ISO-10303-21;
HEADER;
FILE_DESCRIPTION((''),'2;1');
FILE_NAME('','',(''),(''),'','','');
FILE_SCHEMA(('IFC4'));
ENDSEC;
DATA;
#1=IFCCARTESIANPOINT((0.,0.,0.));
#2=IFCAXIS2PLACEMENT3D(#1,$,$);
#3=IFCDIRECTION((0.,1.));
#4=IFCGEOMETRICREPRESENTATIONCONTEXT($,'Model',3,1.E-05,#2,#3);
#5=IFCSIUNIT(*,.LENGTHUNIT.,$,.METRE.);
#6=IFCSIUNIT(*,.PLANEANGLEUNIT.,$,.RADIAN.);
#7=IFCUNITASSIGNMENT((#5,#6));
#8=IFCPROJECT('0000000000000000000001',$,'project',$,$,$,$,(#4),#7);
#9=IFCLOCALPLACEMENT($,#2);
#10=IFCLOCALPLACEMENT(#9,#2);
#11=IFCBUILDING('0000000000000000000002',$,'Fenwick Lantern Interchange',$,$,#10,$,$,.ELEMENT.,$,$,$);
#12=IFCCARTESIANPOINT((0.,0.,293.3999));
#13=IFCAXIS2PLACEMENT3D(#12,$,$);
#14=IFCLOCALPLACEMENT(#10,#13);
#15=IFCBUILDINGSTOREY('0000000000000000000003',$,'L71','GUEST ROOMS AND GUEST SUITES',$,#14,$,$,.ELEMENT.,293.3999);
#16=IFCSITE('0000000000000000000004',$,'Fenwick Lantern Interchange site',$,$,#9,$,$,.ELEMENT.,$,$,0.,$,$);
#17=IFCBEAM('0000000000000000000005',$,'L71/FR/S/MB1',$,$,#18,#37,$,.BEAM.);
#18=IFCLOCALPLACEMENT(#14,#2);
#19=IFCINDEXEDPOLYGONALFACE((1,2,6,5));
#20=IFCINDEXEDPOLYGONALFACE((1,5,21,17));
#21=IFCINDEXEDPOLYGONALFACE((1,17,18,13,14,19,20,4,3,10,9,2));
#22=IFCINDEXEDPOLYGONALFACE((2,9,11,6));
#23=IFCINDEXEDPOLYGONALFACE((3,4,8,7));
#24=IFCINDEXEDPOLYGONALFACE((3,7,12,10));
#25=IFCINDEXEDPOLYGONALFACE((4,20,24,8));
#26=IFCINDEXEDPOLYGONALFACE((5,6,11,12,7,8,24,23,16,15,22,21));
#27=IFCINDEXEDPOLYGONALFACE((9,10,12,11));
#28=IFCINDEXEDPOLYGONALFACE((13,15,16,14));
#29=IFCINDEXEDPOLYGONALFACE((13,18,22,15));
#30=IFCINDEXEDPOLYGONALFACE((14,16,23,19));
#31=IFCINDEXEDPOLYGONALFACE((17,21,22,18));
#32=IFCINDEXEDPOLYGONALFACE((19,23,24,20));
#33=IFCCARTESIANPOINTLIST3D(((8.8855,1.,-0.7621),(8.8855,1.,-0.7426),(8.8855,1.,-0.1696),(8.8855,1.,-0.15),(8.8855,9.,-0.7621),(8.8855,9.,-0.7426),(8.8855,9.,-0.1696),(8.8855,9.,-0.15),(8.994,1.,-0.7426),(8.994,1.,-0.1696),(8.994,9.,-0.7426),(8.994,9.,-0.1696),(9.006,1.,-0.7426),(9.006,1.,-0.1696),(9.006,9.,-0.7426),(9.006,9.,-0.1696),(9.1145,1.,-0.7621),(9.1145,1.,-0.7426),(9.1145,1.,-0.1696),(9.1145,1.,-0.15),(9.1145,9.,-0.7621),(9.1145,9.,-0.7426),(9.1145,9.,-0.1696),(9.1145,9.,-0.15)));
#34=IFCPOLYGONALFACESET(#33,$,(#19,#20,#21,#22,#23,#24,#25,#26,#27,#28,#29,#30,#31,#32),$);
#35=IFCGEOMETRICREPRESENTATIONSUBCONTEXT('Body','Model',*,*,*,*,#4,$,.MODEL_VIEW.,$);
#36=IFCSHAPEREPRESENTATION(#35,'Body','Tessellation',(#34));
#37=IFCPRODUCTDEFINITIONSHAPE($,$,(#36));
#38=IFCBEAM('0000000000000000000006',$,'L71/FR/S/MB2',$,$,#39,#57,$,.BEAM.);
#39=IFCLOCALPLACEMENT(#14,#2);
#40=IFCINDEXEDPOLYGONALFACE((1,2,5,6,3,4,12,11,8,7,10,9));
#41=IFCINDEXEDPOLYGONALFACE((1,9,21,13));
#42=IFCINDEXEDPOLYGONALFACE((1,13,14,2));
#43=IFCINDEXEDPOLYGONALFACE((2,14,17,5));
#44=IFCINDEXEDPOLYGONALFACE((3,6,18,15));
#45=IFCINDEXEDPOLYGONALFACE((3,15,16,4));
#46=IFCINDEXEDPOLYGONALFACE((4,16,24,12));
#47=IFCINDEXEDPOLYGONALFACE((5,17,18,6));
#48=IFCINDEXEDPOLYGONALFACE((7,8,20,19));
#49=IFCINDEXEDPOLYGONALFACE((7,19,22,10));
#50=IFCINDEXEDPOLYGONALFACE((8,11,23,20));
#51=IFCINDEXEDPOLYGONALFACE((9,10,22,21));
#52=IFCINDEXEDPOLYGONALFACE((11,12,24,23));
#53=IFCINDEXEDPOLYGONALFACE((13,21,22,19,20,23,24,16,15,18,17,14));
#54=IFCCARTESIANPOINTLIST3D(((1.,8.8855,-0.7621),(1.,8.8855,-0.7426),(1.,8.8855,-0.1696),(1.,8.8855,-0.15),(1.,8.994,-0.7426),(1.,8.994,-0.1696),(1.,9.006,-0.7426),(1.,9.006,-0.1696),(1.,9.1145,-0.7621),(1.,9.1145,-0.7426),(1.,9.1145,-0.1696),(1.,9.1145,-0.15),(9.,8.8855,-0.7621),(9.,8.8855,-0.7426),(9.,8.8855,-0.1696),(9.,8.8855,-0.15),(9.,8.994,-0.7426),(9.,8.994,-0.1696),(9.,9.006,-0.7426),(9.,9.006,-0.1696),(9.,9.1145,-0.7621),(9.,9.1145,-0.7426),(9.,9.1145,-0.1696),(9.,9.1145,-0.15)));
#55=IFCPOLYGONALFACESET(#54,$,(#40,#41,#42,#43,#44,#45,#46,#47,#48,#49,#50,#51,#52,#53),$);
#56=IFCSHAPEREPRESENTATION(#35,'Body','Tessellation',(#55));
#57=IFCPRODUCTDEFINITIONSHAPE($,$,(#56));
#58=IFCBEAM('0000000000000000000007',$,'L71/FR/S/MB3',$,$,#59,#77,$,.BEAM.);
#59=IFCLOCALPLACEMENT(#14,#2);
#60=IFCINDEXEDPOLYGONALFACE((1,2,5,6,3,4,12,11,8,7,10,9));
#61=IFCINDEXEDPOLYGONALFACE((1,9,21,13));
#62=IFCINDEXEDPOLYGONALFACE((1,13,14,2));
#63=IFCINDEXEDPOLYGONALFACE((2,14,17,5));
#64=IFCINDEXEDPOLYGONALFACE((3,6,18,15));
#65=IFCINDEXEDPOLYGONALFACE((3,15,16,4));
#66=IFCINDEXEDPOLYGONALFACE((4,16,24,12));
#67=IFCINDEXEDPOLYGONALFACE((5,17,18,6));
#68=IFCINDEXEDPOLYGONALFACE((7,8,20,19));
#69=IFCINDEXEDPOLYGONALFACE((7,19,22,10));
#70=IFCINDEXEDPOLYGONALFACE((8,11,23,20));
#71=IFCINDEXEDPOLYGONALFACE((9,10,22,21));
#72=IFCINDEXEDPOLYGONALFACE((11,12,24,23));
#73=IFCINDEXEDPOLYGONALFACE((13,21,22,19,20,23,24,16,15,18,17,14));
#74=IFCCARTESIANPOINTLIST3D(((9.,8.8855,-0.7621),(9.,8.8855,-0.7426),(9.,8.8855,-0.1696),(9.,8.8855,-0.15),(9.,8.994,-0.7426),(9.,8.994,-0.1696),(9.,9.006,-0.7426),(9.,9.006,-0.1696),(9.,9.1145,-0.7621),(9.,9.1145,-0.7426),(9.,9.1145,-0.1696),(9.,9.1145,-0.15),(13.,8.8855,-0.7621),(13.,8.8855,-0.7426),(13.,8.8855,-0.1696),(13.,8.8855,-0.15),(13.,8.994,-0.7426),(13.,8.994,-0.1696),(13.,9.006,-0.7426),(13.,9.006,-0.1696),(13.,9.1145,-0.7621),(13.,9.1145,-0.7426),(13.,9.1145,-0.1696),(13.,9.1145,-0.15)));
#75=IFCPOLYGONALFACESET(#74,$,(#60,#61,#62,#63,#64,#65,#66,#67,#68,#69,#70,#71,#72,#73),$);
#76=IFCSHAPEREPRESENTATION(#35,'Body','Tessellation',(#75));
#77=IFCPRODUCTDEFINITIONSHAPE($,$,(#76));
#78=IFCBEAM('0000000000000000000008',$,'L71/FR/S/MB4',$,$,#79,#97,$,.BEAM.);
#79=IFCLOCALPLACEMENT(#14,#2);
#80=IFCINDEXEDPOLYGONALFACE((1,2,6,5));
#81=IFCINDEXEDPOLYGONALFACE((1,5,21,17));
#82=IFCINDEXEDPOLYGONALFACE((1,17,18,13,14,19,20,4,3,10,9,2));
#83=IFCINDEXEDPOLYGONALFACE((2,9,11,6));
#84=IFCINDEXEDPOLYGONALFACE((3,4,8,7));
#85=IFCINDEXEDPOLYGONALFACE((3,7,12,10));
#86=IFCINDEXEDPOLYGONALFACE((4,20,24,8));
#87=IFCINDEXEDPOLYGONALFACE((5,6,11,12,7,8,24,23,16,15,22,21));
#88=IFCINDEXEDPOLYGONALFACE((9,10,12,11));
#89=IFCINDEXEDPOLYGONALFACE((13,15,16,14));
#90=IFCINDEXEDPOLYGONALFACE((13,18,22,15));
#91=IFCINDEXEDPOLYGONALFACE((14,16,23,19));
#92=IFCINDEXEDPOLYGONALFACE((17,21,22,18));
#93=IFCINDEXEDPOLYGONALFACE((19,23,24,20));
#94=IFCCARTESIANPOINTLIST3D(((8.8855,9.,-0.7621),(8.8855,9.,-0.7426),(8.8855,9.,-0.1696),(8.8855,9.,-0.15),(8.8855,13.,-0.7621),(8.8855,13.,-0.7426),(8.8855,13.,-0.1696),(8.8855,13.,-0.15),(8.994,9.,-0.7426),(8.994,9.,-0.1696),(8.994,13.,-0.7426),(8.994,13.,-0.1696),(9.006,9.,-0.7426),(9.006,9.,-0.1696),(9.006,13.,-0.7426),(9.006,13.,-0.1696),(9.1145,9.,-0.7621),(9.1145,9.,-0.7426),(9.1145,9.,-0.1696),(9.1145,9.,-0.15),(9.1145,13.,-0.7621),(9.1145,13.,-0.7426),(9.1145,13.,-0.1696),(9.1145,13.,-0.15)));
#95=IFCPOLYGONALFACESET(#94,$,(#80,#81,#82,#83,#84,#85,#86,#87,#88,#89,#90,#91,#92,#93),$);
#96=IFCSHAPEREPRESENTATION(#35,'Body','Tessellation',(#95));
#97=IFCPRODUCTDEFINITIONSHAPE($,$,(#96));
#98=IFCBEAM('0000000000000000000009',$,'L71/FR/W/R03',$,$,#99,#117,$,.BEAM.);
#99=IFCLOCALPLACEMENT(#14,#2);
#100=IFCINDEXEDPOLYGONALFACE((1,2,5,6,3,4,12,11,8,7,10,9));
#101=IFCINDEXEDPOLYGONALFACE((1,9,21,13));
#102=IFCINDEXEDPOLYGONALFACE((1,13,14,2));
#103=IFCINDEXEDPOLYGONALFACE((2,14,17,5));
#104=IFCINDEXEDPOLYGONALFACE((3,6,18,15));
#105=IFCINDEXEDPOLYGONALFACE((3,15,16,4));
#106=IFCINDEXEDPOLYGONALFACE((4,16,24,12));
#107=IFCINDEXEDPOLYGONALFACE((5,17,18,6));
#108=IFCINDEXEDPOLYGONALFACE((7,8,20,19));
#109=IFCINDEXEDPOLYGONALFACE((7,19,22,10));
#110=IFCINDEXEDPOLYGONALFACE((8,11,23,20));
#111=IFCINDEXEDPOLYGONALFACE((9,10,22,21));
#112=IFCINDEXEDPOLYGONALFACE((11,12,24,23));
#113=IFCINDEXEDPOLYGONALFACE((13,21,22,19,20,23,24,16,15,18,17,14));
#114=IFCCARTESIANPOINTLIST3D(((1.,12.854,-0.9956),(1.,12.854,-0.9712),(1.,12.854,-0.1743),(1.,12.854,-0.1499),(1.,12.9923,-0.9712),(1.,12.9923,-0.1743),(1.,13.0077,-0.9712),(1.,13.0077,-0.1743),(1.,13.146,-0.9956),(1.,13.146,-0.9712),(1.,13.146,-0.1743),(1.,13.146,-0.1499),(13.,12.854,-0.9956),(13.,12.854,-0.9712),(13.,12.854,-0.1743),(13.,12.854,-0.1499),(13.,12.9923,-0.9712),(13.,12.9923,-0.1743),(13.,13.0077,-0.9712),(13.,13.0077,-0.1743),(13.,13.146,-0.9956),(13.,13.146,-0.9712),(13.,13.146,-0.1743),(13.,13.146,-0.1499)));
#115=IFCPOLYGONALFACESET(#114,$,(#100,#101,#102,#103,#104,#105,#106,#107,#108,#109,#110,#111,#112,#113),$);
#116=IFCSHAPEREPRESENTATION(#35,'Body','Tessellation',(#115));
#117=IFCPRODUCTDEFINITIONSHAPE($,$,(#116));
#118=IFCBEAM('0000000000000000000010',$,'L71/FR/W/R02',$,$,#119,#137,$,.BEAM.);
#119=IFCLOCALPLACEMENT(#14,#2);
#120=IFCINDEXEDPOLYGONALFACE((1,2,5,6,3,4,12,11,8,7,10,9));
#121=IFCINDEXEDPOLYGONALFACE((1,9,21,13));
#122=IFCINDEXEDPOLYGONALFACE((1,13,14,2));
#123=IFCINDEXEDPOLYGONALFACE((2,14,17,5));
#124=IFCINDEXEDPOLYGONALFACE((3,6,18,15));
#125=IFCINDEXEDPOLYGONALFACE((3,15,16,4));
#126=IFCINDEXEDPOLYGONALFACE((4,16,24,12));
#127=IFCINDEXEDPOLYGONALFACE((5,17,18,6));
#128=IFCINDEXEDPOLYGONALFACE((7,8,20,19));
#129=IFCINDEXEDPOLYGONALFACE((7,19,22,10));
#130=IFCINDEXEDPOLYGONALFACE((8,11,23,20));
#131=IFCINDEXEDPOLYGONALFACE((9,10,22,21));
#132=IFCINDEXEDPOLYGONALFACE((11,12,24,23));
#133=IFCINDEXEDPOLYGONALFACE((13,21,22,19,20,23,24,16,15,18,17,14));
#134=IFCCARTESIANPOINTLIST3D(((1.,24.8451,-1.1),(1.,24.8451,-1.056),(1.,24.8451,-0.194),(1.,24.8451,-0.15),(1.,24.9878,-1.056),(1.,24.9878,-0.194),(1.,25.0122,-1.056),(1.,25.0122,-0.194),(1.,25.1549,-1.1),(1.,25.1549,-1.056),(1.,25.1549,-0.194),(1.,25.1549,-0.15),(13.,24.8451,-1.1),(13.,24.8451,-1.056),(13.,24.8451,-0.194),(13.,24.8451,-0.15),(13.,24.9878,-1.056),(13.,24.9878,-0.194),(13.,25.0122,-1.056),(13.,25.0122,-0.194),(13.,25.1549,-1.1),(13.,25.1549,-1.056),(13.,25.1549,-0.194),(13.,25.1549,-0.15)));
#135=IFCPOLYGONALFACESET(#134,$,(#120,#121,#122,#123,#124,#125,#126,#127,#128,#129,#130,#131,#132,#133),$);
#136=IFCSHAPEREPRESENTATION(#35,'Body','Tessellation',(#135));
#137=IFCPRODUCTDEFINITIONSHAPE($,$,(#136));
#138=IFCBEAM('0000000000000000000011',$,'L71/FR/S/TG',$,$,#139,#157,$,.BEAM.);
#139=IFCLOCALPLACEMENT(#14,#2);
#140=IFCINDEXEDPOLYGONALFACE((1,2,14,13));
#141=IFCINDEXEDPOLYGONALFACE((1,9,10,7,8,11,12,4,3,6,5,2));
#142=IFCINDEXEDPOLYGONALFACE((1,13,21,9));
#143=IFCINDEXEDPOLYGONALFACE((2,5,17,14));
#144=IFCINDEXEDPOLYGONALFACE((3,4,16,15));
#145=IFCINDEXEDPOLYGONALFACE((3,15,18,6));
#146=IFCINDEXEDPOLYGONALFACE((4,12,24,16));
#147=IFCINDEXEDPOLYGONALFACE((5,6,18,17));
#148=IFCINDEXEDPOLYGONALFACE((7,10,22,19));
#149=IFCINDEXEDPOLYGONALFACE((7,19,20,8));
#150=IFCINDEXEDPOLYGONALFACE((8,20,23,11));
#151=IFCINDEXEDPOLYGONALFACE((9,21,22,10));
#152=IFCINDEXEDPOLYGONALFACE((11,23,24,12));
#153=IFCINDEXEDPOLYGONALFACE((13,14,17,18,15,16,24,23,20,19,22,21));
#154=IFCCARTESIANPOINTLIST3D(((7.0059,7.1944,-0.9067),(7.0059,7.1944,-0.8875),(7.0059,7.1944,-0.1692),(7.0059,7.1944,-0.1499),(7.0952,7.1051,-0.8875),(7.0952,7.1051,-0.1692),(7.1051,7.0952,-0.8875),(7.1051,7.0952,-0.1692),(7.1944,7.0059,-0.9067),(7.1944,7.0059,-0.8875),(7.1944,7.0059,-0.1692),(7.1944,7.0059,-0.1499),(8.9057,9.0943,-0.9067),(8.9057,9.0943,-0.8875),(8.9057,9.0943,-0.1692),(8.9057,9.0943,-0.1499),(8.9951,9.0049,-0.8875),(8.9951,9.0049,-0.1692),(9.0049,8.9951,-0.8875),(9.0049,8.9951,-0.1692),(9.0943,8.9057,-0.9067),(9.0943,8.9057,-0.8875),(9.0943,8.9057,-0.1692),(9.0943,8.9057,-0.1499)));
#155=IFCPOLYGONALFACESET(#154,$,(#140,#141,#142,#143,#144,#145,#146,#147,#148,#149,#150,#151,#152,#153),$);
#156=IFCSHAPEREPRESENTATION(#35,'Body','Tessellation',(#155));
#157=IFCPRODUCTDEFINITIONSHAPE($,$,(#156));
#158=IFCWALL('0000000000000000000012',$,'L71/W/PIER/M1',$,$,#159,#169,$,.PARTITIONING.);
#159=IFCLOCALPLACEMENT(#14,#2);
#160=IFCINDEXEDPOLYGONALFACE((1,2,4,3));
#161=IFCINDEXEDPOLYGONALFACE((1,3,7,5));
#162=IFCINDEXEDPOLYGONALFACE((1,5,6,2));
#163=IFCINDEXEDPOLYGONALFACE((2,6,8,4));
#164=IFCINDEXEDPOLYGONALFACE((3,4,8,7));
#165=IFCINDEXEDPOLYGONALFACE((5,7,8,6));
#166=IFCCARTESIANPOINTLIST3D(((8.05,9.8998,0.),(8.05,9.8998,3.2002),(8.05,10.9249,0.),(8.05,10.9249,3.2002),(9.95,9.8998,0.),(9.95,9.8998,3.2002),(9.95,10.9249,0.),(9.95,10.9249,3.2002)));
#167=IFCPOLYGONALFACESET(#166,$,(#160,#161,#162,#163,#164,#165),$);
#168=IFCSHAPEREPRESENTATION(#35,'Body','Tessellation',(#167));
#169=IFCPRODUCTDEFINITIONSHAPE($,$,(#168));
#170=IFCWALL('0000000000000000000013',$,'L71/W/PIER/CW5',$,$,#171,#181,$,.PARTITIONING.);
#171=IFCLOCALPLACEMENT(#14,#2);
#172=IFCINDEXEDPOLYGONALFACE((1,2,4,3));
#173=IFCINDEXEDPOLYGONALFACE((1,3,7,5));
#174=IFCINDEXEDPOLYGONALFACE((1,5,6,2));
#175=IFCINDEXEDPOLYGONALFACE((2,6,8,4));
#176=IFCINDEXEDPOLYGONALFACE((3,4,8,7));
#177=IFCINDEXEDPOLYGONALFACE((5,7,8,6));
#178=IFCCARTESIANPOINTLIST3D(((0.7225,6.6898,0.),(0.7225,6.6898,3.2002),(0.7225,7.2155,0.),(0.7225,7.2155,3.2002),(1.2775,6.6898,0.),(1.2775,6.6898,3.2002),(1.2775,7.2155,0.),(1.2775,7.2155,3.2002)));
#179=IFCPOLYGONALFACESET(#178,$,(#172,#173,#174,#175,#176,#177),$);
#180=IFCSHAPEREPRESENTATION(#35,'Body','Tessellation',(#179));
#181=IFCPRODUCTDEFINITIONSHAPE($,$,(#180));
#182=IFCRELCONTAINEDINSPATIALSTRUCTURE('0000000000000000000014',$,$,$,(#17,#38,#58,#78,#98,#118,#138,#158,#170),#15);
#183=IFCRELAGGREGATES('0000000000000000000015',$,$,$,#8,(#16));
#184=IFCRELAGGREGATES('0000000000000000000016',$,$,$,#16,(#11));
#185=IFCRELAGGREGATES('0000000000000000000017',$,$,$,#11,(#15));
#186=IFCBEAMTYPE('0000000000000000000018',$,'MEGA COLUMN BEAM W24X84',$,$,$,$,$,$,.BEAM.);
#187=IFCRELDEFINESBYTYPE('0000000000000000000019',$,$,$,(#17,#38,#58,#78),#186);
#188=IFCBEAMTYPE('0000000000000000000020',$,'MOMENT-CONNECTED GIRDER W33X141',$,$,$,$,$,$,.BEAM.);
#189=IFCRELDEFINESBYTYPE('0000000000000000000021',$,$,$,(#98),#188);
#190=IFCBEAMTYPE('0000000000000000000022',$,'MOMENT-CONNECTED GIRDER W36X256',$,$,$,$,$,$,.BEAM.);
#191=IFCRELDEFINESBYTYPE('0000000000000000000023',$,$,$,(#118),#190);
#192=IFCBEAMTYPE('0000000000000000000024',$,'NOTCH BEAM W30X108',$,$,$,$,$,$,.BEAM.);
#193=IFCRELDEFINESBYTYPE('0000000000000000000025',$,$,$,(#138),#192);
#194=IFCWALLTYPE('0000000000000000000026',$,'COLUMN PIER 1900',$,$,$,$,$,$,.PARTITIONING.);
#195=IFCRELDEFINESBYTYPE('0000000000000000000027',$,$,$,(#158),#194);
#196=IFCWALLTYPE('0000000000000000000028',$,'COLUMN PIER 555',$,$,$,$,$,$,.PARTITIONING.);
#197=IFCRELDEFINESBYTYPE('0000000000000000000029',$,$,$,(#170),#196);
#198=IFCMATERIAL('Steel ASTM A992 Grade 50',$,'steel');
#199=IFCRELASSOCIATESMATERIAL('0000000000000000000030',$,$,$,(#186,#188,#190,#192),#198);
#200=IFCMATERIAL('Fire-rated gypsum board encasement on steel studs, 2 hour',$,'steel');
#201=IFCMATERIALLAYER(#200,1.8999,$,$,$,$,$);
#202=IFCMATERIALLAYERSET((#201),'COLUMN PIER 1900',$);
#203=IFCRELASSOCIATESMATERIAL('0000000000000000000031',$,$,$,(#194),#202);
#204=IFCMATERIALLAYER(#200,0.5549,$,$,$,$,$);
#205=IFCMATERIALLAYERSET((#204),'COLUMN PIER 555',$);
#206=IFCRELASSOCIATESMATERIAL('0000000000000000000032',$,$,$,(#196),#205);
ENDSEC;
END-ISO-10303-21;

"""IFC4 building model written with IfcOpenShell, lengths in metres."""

from ifc_helpers import new_model, si_unit, direction, frame, frame_2d, origin, origin_2d, place, context, subcontext, project, spatial, rectangle, i_section, extrude, material, layer, layer_set, material_profile, profile_set, type_object, element, save


model = new_model("IFC4")

# Units and contexts
model_context = context("Model", 3, precision=1e-05, world=origin(), true_north=direction((0.0, 1.0)))
body_context = subcontext(model_context, "Body", "Model", "MODEL_VIEW")
ifc_project = project(units=[si_unit("LENGTHUNIT", "METRE"), si_unit("PLANEANGLEUNIT", "RADIAN")], contexts=[model_context])

# Site, building, storey
site_placement = place(None, origin())
site = spatial("IfcSite", under=ifc_project, at=site_placement, Name="Fenwick Lantern Interchange site", CompositionType="ELEMENT", RefElevation=0.0)
building_placement = place(site_placement, origin())
building = spatial("IfcBuilding", under=site, at=building_placement, Name="Fenwick Lantern Interchange", CompositionType="ELEMENT")
storey_placement = place(building_placement, frame((0.0, 0.0, 293.3999)))
storey = spatial("IfcBuildingStorey", under=building, at=storey_placement, Name="L71", Description="GUEST ROOMS AND GUEST SUITES", CompositionType="ELEMENT", Elevation=293.3999)

# Shared definitions
ifc_material_1 = material(Name="Steel ASTM A992 Grade 50", Category="steel")

# Beams
ifc_material_profile_1 = material_profile(ifc_material_1, i_section(OverallWidth=0.229, OverallDepth=0.6121, WebThickness=0.012, FlangeThickness=0.0195, at=origin_2d()), Name="W24X84")
ifc_profile_set_1 = profile_set([ifc_material_profile_1], Name="Steel ASTM A992 Grade 50")
beam_type_1 = type_object("IfcBeamType", Name="MEGA COLUMN BEAM W24X84", PredefinedType="BEAM", material=ifc_profile_set_1)
for number, where, z_axis, x_axis, name in (
    (1, (9.0, 9.0, -0.4561), (0.0, -1.0, 0.0), (1.0, 0.0, 0.0), "L71/FR/S/MB1"),
    (2, (9.0, 9.0, -0.4561), (-1.0, 0.0, 0.0), (0.0, -1.0, 0.0), "L71/FR/S/MB2"),
):
    element("IfcBeam", number, at=place(storey_placement, frame(where, z_axis=z_axis, x_axis=x_axis)), inside=storey, type_object=beam_type_1, Name=name, PredefinedType="BEAM", context=body_context, shape_type="SweptSolid", body=[
        extrude(i_section(OverallWidth=0.229, OverallDepth=0.6121, WebThickness=0.012, FlangeThickness=0.0195, at=origin_2d()), origin(), (0.0, 0.0, 1.0), 8.0),
    ])
for number, where, z_axis, x_axis, name in (
    (3, (9.0, 9.0, -0.4561), (1.0, 0.0, 0.0), (0.0, 1.0, 0.0), "L71/FR/S/MB3"),
    (4, (9.0, 9.0, -0.4561), (0.0, 1.0, 0.0), (-1.0, 0.0, 0.0), "L71/FR/S/MB4"),
):
    element("IfcBeam", number, at=place(storey_placement, frame(where, z_axis=z_axis, x_axis=x_axis)), inside=storey, type_object=beam_type_1, Name=name, PredefinedType="BEAM", context=body_context, shape_type="SweptSolid", body=[
        extrude(i_section(OverallWidth=0.229, OverallDepth=0.6121, WebThickness=0.012, FlangeThickness=0.0195, at=origin_2d()), origin(), (0.0, 0.0, 1.0), 4.0),
    ])
ifc_material_profile_2 = material_profile(ifc_material_1, i_section(OverallWidth=0.292, OverallDepth=0.8457, WebThickness=0.0154, FlangeThickness=0.0244, at=origin_2d()), Name="W33X141")
ifc_profile_set_2 = profile_set([ifc_material_profile_2], Name="Steel ASTM A992 Grade 50")
beam_type_2 = type_object("IfcBeamType", Name="MOMENT-CONNECTED GIRDER W33X141", PredefinedType="BEAM", material=ifc_profile_set_2)
beam_1_placement = place(storey_placement, frame((1.0, 13.0, -0.5728), z_axis=(1.0, 0.0, 0.0), x_axis=(0.0, 1.0, 0.0)))
element("IfcBeam", 5, at=beam_1_placement, inside=storey, type_object=beam_type_2, Name="L71/FR/W/R03", PredefinedType="BEAM", context=body_context, shape_type="SweptSolid", body=[
    extrude(i_section(OverallWidth=0.292, OverallDepth=0.8457, WebThickness=0.0154, FlangeThickness=0.0244, at=origin_2d()), origin(), (0.0, 0.0, 1.0), 12.0),
])
ifc_material_profile_3 = material_profile(ifc_material_1, i_section(OverallWidth=0.3098, OverallDepth=0.95, WebThickness=0.0244, FlangeThickness=0.0439, at=origin_2d()), Name="W36X256")
ifc_profile_set_3 = profile_set([ifc_material_profile_3], Name="Steel ASTM A992 Grade 50")
beam_type_3 = type_object("IfcBeamType", Name="MOMENT-CONNECTED GIRDER W36X256", PredefinedType="BEAM", material=ifc_profile_set_3)
beam_2_placement = place(storey_placement, frame((1.0, 25.0, -0.625), z_axis=(1.0, 0.0, 0.0), x_axis=(0.0, 1.0, 0.0)))
element("IfcBeam", 6, at=beam_2_placement, inside=storey, type_object=beam_type_3, Name="L71/FR/W/R02", PredefinedType="BEAM", context=body_context, shape_type="SweptSolid", body=[
    extrude(i_section(OverallWidth=0.3098, OverallDepth=0.95, WebThickness=0.0244, FlangeThickness=0.0439, at=origin_2d()), origin(), (0.0, 0.0, 1.0), 12.0),
])
ifc_material_profile_4 = material_profile(ifc_material_1, i_section(OverallWidth=0.2666, OverallDepth=0.7568, WebThickness=0.0139, FlangeThickness=0.0193, at=origin_2d()), Name="W30X108")
ifc_profile_set_4 = profile_set([ifc_material_profile_4], Name="Steel ASTM A992 Grade 50")
beam_type_4 = type_object("IfcBeamType", Name="NOTCH BEAM W30X108", PredefinedType="BEAM", material=ifc_profile_set_4)
beam_3_placement = place(storey_placement, frame((9.0, 9.0, -0.5283), z_axis=(-0.707107, -0.707107, 0.0), x_axis=(0.707107, -0.707107, 0.0)))
element("IfcBeam", 7, at=beam_3_placement, inside=storey, type_object=beam_type_4, Name="L71/FR/S/TG", PredefinedType="BEAM", context=body_context, shape_type="SweptSolid", body=[
    extrude(i_section(OverallWidth=0.2666, OverallDepth=0.7568, WebThickness=0.0139, FlangeThickness=0.0193, at=origin_2d()), origin(), (0.0, 0.0, 1.0), 2.6868),
])

# Walls
ifc_material_2 = material(Name="Fire-rated gypsum board encasement on steel studs, 2 hour", Category="steel")
ifc_layer_1 = layer(ifc_material_2, 1.8999)
ifc_layer_set_1 = layer_set([ifc_layer_1], Name="COLUMN PIER 1900")
wall_type_1 = type_object("IfcWallType", Name="COLUMN PIER 1900", PredefinedType="PARTITIONING", material=ifc_layer_set_1)
wall_1_placement = place(storey_placement, frame((9.0, 10.925, 0.0), z_axis=(0.0, 0.0, 1.0), x_axis=(0.0, -1.0, 0.0)))
element("IfcWall", 8, at=wall_1_placement, inside=storey, type_object=wall_type_1, Name="L71/W/PIER/M1", PredefinedType="PARTITIONING", context=body_context, shape_type="SweptSolid", body=[
    extrude(rectangle(XDim=1.0251, YDim=1.8999, at=frame_2d((0.5127, 0.0))), origin(), (0.0, 0.0, 1.0), 3.2002),
])
ifc_layer_2 = layer(ifc_material_2, 0.5549)
ifc_layer_set_2 = layer_set([ifc_layer_2], Name="COLUMN PIER 555")
wall_type_2 = type_object("IfcWallType", Name="COLUMN PIER 555", PredefinedType="PARTITIONING", material=ifc_layer_set_2)
wall_2_placement = place(storey_placement, frame((1.0, 6.6899, 0.0), z_axis=(0.0, 0.0, 1.0), x_axis=(0.0, 1.0, 0.0)))
element("IfcWall", 9, at=wall_2_placement, inside=storey, type_object=wall_type_2, Name="L71/W/PIER/CW5", PredefinedType="PARTITIONING", context=body_context, shape_type="SweptSolid", body=[
    extrude(rectangle(XDim=0.5256, YDim=0.5549, at=frame_2d((0.2627, 0.0))), origin(), (0.0, 0.0, 1.0), 3.2002),
])

save(model, "model.ifc")
